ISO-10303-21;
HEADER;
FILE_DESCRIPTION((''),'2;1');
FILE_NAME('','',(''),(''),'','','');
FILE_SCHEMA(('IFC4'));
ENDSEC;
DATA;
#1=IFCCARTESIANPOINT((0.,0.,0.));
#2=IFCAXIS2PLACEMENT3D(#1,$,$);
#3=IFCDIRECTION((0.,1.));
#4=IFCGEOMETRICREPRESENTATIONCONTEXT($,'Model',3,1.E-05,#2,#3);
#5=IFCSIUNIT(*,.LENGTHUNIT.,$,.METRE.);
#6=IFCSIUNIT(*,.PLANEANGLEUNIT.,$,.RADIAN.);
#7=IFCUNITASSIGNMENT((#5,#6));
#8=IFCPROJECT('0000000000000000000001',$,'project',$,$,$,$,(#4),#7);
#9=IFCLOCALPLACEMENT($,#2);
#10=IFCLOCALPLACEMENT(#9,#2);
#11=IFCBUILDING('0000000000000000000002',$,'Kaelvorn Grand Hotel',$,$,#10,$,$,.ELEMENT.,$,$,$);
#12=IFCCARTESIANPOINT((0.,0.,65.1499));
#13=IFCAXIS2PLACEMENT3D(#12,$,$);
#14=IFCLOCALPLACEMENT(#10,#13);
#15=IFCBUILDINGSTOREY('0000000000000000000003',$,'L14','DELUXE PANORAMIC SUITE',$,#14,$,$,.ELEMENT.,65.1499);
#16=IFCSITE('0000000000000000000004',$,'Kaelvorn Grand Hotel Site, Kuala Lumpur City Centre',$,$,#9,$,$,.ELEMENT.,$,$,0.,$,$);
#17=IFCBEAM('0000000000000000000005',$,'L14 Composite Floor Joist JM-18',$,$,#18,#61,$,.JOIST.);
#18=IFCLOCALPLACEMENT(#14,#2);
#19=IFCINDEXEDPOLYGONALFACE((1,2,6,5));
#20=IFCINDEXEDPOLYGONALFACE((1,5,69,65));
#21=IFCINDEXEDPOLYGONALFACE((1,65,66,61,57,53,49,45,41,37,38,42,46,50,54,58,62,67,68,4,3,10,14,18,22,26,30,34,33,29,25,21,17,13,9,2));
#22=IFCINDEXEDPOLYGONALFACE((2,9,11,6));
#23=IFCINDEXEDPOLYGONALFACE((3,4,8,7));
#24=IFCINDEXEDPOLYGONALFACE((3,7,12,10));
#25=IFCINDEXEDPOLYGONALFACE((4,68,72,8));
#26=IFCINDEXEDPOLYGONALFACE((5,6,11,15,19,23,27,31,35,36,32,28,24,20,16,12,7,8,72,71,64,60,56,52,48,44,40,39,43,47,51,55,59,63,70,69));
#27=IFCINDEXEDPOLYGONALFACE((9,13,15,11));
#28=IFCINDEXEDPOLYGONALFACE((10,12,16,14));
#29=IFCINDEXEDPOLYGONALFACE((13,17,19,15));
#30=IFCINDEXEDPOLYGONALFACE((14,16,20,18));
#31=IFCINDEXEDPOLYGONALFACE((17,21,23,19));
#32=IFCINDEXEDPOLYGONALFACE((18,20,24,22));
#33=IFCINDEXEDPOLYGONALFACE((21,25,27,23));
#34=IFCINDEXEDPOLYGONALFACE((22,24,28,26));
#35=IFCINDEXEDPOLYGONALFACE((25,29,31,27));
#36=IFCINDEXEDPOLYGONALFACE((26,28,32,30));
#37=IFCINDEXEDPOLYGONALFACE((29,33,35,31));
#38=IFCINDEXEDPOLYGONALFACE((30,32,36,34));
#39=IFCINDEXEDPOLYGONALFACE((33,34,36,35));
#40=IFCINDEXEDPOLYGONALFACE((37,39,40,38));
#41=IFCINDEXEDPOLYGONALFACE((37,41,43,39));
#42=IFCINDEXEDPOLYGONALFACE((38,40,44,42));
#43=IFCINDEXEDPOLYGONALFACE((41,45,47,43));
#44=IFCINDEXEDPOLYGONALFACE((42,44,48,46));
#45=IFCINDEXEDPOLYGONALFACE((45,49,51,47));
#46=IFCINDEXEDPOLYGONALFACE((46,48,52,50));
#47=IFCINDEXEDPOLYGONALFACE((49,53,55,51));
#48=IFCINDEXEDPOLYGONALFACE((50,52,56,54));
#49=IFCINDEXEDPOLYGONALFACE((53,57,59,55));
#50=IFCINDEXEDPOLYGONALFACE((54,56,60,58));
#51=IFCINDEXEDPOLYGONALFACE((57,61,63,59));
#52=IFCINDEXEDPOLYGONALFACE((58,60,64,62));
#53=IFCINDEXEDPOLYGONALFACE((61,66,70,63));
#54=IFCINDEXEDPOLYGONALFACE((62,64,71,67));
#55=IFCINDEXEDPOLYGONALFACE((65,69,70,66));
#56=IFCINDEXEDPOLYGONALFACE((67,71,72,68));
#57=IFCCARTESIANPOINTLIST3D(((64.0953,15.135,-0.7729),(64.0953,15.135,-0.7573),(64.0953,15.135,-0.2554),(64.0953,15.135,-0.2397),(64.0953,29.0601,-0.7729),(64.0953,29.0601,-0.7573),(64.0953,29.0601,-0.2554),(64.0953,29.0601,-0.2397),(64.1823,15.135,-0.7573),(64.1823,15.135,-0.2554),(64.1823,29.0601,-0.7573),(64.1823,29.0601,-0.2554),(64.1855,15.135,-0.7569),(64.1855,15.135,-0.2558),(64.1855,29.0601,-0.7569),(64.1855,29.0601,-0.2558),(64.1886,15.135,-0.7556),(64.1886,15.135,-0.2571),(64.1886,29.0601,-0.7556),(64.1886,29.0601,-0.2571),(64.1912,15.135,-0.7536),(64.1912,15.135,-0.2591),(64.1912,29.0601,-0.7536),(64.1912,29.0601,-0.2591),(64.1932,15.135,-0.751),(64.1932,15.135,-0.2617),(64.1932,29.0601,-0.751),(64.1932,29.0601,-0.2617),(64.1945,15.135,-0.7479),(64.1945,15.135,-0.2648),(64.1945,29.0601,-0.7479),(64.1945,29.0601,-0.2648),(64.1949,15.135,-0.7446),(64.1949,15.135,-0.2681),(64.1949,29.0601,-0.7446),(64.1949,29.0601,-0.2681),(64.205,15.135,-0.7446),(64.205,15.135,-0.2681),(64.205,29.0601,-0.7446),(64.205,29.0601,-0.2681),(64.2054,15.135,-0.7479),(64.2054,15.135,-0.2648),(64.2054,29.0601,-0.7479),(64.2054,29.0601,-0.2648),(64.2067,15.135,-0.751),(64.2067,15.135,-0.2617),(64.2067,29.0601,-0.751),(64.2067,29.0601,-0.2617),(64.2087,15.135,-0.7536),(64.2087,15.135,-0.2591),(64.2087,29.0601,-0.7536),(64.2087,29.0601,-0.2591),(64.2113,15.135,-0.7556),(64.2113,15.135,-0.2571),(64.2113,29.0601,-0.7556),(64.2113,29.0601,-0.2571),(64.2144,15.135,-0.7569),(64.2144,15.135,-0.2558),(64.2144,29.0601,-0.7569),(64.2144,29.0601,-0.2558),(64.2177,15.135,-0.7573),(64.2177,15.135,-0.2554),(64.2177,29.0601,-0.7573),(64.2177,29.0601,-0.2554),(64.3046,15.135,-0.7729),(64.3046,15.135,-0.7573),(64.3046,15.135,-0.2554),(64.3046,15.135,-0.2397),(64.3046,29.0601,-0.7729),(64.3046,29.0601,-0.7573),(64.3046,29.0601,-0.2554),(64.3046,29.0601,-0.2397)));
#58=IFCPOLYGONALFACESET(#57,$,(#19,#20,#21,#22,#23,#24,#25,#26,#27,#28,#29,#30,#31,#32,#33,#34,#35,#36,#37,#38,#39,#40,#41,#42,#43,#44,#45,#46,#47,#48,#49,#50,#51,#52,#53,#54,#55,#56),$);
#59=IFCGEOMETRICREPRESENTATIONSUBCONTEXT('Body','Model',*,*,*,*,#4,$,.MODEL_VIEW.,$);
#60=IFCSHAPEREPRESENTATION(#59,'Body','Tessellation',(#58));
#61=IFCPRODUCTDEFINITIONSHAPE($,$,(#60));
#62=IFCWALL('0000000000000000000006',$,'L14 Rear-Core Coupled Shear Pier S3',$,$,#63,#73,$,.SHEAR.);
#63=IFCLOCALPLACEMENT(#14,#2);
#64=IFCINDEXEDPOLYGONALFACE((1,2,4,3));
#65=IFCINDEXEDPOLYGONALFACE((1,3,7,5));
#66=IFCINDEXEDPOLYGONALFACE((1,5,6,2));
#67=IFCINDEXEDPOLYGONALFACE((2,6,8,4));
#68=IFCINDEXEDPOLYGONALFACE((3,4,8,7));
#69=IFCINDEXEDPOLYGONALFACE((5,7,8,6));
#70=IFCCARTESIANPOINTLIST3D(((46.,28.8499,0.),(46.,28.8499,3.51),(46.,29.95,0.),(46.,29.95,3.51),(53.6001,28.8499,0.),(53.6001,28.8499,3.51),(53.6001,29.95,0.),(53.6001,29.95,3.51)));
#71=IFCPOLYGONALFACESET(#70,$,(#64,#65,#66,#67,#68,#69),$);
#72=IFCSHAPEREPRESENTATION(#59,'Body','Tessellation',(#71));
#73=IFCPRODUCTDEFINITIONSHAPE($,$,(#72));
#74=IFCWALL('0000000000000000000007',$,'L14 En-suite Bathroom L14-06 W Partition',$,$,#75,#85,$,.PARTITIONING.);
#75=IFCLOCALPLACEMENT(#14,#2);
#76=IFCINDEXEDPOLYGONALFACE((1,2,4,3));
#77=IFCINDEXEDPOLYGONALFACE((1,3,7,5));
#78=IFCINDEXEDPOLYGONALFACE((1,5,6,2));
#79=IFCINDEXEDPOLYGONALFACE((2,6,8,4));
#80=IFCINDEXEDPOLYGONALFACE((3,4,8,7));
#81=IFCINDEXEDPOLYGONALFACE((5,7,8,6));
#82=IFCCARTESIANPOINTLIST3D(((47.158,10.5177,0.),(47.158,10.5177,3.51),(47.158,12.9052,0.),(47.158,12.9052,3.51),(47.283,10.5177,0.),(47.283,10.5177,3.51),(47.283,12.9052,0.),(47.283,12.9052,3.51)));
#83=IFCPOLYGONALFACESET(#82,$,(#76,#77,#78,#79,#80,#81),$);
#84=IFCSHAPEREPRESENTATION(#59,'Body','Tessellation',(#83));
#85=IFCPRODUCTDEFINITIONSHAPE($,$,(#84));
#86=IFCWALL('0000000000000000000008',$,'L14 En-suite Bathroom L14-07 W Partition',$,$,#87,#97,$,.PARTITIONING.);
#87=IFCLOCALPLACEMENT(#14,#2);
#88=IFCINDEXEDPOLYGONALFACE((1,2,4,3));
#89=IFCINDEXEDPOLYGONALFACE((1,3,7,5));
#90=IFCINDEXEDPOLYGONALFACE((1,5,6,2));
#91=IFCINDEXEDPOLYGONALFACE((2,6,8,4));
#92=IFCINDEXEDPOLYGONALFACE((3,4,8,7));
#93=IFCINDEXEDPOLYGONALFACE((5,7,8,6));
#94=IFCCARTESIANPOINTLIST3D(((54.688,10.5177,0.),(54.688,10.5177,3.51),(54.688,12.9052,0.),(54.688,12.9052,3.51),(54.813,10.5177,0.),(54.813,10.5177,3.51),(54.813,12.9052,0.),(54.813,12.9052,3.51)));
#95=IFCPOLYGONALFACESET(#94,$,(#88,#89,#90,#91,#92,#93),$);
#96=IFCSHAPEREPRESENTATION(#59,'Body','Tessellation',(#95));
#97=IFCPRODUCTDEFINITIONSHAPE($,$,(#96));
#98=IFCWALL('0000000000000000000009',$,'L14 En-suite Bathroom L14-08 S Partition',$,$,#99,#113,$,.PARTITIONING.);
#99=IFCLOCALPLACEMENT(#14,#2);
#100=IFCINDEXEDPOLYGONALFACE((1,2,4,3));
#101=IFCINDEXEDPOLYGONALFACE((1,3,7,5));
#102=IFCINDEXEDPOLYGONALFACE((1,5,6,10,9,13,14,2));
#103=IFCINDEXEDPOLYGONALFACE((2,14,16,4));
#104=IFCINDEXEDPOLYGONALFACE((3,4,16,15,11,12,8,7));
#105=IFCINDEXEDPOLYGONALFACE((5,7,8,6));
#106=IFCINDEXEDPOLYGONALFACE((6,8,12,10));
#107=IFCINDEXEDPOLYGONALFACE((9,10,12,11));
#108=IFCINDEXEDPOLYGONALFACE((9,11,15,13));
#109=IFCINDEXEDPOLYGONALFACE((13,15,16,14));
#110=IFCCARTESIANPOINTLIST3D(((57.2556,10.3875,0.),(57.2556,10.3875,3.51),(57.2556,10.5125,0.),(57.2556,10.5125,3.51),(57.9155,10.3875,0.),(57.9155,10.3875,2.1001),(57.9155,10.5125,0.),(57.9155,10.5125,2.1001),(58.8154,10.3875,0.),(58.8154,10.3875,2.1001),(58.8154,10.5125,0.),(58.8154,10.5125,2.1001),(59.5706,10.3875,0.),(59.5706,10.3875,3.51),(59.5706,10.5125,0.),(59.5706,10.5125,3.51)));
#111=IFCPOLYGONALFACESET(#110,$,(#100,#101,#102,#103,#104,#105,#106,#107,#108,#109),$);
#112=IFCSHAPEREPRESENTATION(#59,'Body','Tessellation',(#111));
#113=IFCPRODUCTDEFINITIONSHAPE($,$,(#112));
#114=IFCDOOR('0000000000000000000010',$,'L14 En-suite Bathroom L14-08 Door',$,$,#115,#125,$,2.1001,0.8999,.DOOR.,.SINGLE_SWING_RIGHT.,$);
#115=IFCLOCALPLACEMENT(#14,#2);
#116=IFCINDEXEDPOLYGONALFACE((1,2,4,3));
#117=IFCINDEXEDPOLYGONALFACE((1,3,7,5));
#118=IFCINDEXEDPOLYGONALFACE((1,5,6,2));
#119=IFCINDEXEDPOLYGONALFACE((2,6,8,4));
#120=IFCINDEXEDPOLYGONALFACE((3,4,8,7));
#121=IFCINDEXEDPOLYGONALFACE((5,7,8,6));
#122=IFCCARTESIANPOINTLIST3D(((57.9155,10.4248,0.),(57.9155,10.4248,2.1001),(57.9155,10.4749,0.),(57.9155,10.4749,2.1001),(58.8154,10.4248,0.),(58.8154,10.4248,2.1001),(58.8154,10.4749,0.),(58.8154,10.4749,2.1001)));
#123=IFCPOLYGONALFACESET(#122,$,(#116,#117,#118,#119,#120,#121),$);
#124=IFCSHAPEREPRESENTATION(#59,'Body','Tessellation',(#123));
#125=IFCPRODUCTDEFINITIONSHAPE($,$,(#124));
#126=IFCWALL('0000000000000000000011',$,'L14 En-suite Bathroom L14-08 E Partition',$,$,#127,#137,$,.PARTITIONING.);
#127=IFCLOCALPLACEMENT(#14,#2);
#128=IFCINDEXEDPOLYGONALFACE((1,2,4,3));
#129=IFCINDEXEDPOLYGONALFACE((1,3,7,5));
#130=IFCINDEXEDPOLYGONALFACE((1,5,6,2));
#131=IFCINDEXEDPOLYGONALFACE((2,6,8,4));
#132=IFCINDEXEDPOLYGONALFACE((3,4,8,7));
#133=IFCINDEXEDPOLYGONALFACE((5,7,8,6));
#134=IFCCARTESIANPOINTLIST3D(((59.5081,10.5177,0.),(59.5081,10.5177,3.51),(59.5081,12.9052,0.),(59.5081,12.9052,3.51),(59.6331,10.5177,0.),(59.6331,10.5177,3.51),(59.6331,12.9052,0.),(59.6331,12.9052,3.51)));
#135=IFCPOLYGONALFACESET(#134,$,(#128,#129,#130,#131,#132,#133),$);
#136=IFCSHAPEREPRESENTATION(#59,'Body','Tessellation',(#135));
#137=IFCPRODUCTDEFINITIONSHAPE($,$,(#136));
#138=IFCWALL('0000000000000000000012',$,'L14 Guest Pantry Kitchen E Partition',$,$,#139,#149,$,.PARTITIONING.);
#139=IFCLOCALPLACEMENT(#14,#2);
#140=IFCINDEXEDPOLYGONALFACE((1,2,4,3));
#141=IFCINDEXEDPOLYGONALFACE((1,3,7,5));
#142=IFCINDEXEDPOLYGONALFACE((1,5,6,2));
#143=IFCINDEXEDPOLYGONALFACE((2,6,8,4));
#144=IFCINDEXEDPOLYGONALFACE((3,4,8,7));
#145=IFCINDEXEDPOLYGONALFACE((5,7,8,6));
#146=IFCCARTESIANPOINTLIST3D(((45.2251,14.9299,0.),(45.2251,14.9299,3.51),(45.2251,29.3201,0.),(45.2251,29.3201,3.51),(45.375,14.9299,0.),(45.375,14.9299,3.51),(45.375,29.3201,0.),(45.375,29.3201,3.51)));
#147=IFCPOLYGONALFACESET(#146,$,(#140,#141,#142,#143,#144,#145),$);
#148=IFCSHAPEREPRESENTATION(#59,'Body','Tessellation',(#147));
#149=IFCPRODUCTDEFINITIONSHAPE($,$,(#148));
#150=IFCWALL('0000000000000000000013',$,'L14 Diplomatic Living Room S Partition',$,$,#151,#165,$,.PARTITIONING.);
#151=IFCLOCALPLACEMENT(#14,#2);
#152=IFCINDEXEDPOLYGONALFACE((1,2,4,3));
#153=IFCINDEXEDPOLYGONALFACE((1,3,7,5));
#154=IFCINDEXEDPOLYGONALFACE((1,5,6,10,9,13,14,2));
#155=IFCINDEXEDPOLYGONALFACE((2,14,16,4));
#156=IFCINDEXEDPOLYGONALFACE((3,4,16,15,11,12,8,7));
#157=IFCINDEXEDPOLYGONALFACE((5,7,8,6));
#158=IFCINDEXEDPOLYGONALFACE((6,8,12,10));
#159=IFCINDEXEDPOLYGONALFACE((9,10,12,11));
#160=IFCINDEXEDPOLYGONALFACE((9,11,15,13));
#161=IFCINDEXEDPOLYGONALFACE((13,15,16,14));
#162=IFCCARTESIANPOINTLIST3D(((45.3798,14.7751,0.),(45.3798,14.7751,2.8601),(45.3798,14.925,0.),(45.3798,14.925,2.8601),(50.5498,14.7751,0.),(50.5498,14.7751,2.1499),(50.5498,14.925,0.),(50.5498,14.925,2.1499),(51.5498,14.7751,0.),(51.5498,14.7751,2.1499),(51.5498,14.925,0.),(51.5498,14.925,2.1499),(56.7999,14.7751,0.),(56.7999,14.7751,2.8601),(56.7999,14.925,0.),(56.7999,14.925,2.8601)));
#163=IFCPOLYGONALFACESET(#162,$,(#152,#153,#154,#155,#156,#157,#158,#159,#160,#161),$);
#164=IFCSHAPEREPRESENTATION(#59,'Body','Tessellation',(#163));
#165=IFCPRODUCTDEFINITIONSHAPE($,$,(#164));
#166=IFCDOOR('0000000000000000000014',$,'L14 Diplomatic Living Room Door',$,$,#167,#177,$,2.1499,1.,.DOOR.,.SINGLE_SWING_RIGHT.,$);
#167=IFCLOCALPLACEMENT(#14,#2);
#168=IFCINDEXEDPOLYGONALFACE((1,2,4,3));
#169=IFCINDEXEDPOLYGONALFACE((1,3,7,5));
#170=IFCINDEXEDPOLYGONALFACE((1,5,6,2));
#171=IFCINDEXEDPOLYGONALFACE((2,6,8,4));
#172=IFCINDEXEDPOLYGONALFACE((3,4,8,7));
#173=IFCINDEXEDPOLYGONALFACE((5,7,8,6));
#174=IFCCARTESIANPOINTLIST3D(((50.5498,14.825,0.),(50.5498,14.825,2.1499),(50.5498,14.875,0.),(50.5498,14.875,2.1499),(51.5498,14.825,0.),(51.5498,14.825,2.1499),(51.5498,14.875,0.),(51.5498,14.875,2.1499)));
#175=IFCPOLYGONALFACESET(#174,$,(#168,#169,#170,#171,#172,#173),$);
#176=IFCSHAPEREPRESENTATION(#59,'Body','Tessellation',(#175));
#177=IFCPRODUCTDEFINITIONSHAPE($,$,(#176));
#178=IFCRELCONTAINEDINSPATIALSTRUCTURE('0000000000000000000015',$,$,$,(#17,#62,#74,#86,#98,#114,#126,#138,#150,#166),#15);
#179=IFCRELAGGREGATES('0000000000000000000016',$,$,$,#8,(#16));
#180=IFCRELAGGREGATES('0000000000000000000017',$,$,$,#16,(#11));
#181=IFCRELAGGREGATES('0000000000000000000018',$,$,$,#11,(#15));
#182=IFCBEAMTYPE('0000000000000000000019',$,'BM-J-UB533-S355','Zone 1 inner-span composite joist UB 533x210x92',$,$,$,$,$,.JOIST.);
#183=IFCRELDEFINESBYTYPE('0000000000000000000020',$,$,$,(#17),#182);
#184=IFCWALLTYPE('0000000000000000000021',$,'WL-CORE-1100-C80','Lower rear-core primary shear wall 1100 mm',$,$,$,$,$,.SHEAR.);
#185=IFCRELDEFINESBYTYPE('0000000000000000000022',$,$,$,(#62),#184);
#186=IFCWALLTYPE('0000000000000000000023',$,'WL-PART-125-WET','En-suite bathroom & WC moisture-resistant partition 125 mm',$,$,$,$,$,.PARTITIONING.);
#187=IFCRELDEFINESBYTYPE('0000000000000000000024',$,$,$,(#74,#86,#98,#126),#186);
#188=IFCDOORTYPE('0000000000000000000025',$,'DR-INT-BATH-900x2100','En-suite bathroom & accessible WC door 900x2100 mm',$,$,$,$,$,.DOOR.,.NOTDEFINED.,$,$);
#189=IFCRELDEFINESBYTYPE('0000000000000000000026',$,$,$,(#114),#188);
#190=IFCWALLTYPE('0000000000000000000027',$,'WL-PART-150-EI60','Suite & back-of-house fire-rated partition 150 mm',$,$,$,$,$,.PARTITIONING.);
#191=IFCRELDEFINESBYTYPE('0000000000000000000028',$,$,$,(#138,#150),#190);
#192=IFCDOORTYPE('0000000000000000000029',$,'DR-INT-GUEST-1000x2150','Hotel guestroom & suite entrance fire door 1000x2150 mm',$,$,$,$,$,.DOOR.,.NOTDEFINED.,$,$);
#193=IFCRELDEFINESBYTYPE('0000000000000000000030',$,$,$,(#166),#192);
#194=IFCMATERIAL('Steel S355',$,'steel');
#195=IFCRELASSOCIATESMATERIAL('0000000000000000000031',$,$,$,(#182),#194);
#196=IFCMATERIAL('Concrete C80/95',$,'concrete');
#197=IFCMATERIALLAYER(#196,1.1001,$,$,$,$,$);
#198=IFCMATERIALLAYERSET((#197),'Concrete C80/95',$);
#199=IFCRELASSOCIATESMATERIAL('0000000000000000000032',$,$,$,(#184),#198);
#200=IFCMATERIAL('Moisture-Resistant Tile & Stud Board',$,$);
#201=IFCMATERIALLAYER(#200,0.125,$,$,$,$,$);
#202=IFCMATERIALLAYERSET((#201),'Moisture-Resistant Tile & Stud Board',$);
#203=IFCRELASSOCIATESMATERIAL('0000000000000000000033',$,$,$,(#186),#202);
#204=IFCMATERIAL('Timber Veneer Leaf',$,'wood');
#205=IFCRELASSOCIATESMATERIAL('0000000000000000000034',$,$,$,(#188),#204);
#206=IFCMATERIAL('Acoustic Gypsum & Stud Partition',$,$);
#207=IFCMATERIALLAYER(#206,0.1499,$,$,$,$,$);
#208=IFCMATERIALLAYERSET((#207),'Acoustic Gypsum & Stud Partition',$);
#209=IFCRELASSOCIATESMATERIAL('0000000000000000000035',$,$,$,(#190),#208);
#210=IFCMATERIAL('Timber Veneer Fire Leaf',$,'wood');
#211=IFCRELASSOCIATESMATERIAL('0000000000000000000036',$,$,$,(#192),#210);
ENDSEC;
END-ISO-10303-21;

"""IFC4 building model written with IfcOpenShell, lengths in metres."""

from ifc_helpers import new_model, si_unit, direction, frame, frame_2d, origin, origin_2d, place, context, subcontext, project, spatial, rectangle, i_section, extrude, material, layer, layer_set, material_profile, profile_set, type_object, element, fill, save


model = new_model("IFC4")

# Units and contexts
model_context = context("Model", 3, precision=1e-05, world=origin(), true_north=direction((0.0, 1.0)))
body_context = subcontext(model_context, "Body", "Model", "MODEL_VIEW")
ifc_project = project(units=[si_unit("LENGTHUNIT", "METRE"), si_unit("PLANEANGLEUNIT", "RADIAN")], contexts=[model_context])

# Site, building, storey
site_placement = place(None, origin())
site = spatial("IfcSite", under=ifc_project, at=site_placement, Name="Kaelvorn Grand Hotel Site, Kuala Lumpur City Centre", CompositionType="ELEMENT", RefElevation=0.0)
building_placement = place(site_placement, origin())
building = spatial("IfcBuilding", under=site, at=building_placement, Name="Kaelvorn Grand Hotel", CompositionType="ELEMENT")
storey_placement = place(building_placement, frame((0.0, 0.0, 65.1499)))
storey = spatial("IfcBuildingStorey", under=building, at=storey_placement, Name="L14", Description="DELUXE PANORAMIC SUITE", CompositionType="ELEMENT", Elevation=65.1499)

# Shared definitions
ifc_material_1 = material(Name="Concrete C80/95", Category="concrete")

# Beam
ifc_material_2 = material(Name="Steel S355", Category="steel")
ifc_material_profile_1 = material_profile(ifc_material_2, i_section(OverallWidth=0.2092, OverallDepth=0.5332, WebThickness=0.01, FlangeThickness=0.0156, FilletRadius=0.0127, at=origin_2d()), Name="UB 533x210x92")
ifc_profile_set_1 = profile_set([ifc_material_profile_1], Name="Steel S355")
beam_type_1 = type_object("IfcBeamType", Name="BM-J-UB533-S355", Description="Zone 1 inner-span composite joist UB 533x210x92", PredefinedType="JOIST", material=ifc_profile_set_1)
beam_1_placement = place(storey_placement, frame((64.2, 15.135, -0.5063), z_axis=(0.0, 1.0, 0.0), x_axis=(-1.0, 0.0, 0.0)))
element("IfcBeam", 1, at=beam_1_placement, inside=storey, type_object=beam_type_1, Name="L14 Composite Floor Joist JM-18", PredefinedType="JOIST", context=body_context, shape_type="SweptSolid", body=[
    extrude(i_section(OverallWidth=0.2092, OverallDepth=0.5332, WebThickness=0.01, FlangeThickness=0.0156, FilletRadius=0.0127, at=origin_2d()), origin(), (0.0, 0.0, 1.0), 13.925),
])

# Walls
ifc_layer_1 = layer(ifc_material_1, 1.1001)
ifc_layer_set_1 = layer_set([ifc_layer_1], Name="Concrete C80/95")
wall_type_1 = type_object("IfcWallType", Name="WL-CORE-1100-C80", Description="Lower rear-core primary shear wall 1100 mm", PredefinedType="SHEAR", material=ifc_layer_set_1)
wall_1_placement = place(storey_placement, frame((46.0, 29.3999, 0.0), z_axis=(0.0, 0.0, 1.0), x_axis=(1.0, 0.0, 0.0)))
element("IfcWall", 2, at=wall_1_placement, inside=storey, type_object=wall_type_1, Name="L14 Rear-Core Coupled Shear Pier S3", PredefinedType="SHEAR", context=body_context, shape_type="SweptSolid", body=[
    extrude(rectangle(XDim=7.6001, YDim=1.1001, at=frame_2d((3.8, 0.0))), origin(), (0.0, 0.0, 1.0), 3.51),
])
ifc_material_3 = material(Name="Moisture-Resistant Tile & Stud Board")
ifc_layer_2 = layer(ifc_material_3, 0.125)
ifc_layer_set_2 = layer_set([ifc_layer_2], Name="Moisture-Resistant Tile & Stud Board")
wall_type_2 = type_object("IfcWallType", Name="WL-PART-125-WET", Description="En-suite bathroom & WC moisture-resistant partition 125 mm", PredefinedType="PARTITIONING", material=ifc_layer_set_2)
for number, where, z_axis, x_axis, name in (
    (3, (47.2205, 10.5176, 0.0), (0.0, 0.0, 1.0), (0.0, 1.0, 0.0), "L14 En-suite Bathroom L14-06 W Partition"),
    (4, (54.7505, 10.5176, 0.0), (0.0, 0.0, 1.0), (0.0, 1.0, 0.0), "L14 En-suite Bathroom L14-07 W Partition"),
):
    element("IfcWall", number, at=place(storey_placement, frame(where, z_axis=z_axis, x_axis=x_axis)), inside=storey, type_object=wall_type_2, Name=name, PredefinedType="PARTITIONING", context=body_context, shape_type="SweptSolid", body=[
        extrude(rectangle(XDim=2.3875, YDim=0.125, at=frame_2d((1.1938, 0.0))), origin(), (0.0, 0.0, 1.0), 3.51),
    ])

# Wall, opening, door
wall_2_placement = place(storey_placement, frame((57.2556, 10.45, 0.0), z_axis=(0.0, 0.0, 1.0), x_axis=(1.0, 0.0, 0.0)))
wall_2 = element("IfcWall", 5, at=wall_2_placement, inside=storey, type_object=wall_type_2, Name="L14 En-suite Bathroom L14-08 S Partition", PredefinedType="PARTITIONING", context=body_context, shape_type="SweptSolid", body=[
    extrude(rectangle(XDim=2.3149, YDim=0.125, at=frame_2d((1.1575, 0.0))), origin(), (0.0, 0.0, 1.0), 3.51),
])
opening_1_placement = place(wall_2_placement, frame((0.6599, 0.0, 0.0)))
opening_1 = element("IfcOpeningElement", 6, at=opening_1_placement, cuts=wall_2, PredefinedType="OPENING", context=body_context, shape_type="SweptSolid", body=[
    extrude(rectangle(XDim=0.8999, YDim=2.1001, at=frame_2d((0.45, 1.05))), frame((0.0, 0.0725, 0.0), z_axis=(0.0, -1.0, 0.0), x_axis=(1.0, 0.0, 0.0)), (0.0, 0.0, 1.0), 0.145),
])
ifc_material_4 = material(Name="Timber Veneer Leaf", Category="wood")
door_type_1 = type_object("IfcDoorType", Name="DR-INT-BATH-900x2100", Description="En-suite bathroom & accessible WC door 900x2100 mm", OperationType="NOTDEFINED", PredefinedType="DOOR", material=ifc_material_4)
door_1_placement = place(opening_1_placement, origin())
door_1 = element("IfcDoor", 7, at=door_1_placement, inside=storey, type_object=door_type_1, Name="L14 En-suite Bathroom L14-08 Door", OperationType="SINGLE_SWING_RIGHT", OverallHeight=2.1001, OverallWidth=0.8999, PredefinedType="DOOR", context=body_context, shape_type="SweptSolid", body=[
    extrude(rectangle(XDim=0.8999, YDim=2.1001, at=frame_2d((0.45, 1.05))), frame((0.0, 0.0249, 0.0), z_axis=(0.0, -1.0, 0.0), x_axis=(1.0, 0.0, 0.0)), (0.0, 0.0, 1.0), 0.05),
])
fill(opening_1, door_1)

# Walls
wall_3_placement = place(storey_placement, frame((59.5706, 10.5176, 0.0), z_axis=(0.0, 0.0, 1.0), x_axis=(0.0, 1.0, 0.0)))
element("IfcWall", 8, at=wall_3_placement, inside=storey, type_object=wall_type_2, Name="L14 En-suite Bathroom L14-08 E Partition", PredefinedType="PARTITIONING", context=body_context, shape_type="SweptSolid", body=[
    extrude(rectangle(XDim=2.3875, YDim=0.125, at=frame_2d((1.1938, 0.0))), origin(), (0.0, 0.0, 1.0), 3.51),
])
ifc_material_5 = material(Name="Acoustic Gypsum & Stud Partition")
ifc_layer_3 = layer(ifc_material_5, 0.1499)
ifc_layer_set_3 = layer_set([ifc_layer_3], Name="Acoustic Gypsum & Stud Partition")
wall_type_3 = type_object("IfcWallType", Name="WL-PART-150-EI60", Description="Suite & back-of-house fire-rated partition 150 mm", PredefinedType="PARTITIONING", material=ifc_layer_set_3)
wall_4_placement = place(storey_placement, frame((45.3, 14.9299, 0.0), z_axis=(0.0, 0.0, 1.0), x_axis=(0.0, 1.0, 0.0)))
element("IfcWall", 9, at=wall_4_placement, inside=storey, type_object=wall_type_3, Name="L14 Guest Pantry Kitchen E Partition", PredefinedType="PARTITIONING", context=body_context, shape_type="SweptSolid", body=[
    extrude(rectangle(XDim=14.3901, YDim=0.1499, at=frame_2d((7.1951, 0.0))), origin(), (0.0, 0.0, 1.0), 3.51),
])

# Wall, opening, door
wall_5_placement = place(storey_placement, frame((45.3799, 14.8501, 0.0), z_axis=(0.0, 0.0, 1.0), x_axis=(1.0, 0.0, 0.0)))
wall_5 = element("IfcWall", 10, at=wall_5_placement, inside=storey, type_object=wall_type_3, Name="L14 Diplomatic Living Room S Partition", PredefinedType="PARTITIONING", context=body_context, shape_type="SweptSolid", body=[
    extrude(rectangle(XDim=11.4202, YDim=0.1499, at=frame_2d((5.71, 0.0))), origin(), (0.0, 0.0, 1.0), 2.8601),
])
opening_2_placement = place(wall_5_placement, frame((5.1699, 0.0, 0.0)))
opening_2 = element("IfcOpeningElement", 11, at=opening_2_placement, cuts=wall_5, PredefinedType="OPENING", context=body_context, shape_type="SweptSolid", body=[
    extrude(rectangle(XDim=1.0, YDim=2.1499, at=frame_2d((0.5, 1.075))), frame((0.0, 0.085, 0.0), z_axis=(0.0, -1.0, 0.0), x_axis=(1.0, 0.0, 0.0)), (0.0, 0.0, 1.0), 0.1699),
])
ifc_material_6 = material(Name="Timber Veneer Fire Leaf", Category="wood")
door_type_2 = type_object("IfcDoorType", Name="DR-INT-GUEST-1000x2150", Description="Hotel guestroom & suite entrance fire door 1000x2150 mm", OperationType="NOTDEFINED", PredefinedType="DOOR", material=ifc_material_6)
door_2_placement = place(opening_2_placement, origin())
door_2 = element("IfcDoor", 12, at=door_2_placement, inside=storey, type_object=door_type_2, Name="L14 Diplomatic Living Room Door", OperationType="SINGLE_SWING_RIGHT", OverallHeight=2.1499, OverallWidth=1.0, PredefinedType="DOOR", context=body_context, shape_type="SweptSolid", body=[
    extrude(rectangle(XDim=1.0, YDim=2.1499, at=frame_2d((0.5, 1.075))), frame((0.0, 0.0249, 0.0), z_axis=(0.0, -1.0, 0.0), x_axis=(1.0, 0.0, 0.0)), (0.0, 0.0, 1.0), 0.05),
])
fill(opening_2, door_2)

save(model, "model.ifc")
